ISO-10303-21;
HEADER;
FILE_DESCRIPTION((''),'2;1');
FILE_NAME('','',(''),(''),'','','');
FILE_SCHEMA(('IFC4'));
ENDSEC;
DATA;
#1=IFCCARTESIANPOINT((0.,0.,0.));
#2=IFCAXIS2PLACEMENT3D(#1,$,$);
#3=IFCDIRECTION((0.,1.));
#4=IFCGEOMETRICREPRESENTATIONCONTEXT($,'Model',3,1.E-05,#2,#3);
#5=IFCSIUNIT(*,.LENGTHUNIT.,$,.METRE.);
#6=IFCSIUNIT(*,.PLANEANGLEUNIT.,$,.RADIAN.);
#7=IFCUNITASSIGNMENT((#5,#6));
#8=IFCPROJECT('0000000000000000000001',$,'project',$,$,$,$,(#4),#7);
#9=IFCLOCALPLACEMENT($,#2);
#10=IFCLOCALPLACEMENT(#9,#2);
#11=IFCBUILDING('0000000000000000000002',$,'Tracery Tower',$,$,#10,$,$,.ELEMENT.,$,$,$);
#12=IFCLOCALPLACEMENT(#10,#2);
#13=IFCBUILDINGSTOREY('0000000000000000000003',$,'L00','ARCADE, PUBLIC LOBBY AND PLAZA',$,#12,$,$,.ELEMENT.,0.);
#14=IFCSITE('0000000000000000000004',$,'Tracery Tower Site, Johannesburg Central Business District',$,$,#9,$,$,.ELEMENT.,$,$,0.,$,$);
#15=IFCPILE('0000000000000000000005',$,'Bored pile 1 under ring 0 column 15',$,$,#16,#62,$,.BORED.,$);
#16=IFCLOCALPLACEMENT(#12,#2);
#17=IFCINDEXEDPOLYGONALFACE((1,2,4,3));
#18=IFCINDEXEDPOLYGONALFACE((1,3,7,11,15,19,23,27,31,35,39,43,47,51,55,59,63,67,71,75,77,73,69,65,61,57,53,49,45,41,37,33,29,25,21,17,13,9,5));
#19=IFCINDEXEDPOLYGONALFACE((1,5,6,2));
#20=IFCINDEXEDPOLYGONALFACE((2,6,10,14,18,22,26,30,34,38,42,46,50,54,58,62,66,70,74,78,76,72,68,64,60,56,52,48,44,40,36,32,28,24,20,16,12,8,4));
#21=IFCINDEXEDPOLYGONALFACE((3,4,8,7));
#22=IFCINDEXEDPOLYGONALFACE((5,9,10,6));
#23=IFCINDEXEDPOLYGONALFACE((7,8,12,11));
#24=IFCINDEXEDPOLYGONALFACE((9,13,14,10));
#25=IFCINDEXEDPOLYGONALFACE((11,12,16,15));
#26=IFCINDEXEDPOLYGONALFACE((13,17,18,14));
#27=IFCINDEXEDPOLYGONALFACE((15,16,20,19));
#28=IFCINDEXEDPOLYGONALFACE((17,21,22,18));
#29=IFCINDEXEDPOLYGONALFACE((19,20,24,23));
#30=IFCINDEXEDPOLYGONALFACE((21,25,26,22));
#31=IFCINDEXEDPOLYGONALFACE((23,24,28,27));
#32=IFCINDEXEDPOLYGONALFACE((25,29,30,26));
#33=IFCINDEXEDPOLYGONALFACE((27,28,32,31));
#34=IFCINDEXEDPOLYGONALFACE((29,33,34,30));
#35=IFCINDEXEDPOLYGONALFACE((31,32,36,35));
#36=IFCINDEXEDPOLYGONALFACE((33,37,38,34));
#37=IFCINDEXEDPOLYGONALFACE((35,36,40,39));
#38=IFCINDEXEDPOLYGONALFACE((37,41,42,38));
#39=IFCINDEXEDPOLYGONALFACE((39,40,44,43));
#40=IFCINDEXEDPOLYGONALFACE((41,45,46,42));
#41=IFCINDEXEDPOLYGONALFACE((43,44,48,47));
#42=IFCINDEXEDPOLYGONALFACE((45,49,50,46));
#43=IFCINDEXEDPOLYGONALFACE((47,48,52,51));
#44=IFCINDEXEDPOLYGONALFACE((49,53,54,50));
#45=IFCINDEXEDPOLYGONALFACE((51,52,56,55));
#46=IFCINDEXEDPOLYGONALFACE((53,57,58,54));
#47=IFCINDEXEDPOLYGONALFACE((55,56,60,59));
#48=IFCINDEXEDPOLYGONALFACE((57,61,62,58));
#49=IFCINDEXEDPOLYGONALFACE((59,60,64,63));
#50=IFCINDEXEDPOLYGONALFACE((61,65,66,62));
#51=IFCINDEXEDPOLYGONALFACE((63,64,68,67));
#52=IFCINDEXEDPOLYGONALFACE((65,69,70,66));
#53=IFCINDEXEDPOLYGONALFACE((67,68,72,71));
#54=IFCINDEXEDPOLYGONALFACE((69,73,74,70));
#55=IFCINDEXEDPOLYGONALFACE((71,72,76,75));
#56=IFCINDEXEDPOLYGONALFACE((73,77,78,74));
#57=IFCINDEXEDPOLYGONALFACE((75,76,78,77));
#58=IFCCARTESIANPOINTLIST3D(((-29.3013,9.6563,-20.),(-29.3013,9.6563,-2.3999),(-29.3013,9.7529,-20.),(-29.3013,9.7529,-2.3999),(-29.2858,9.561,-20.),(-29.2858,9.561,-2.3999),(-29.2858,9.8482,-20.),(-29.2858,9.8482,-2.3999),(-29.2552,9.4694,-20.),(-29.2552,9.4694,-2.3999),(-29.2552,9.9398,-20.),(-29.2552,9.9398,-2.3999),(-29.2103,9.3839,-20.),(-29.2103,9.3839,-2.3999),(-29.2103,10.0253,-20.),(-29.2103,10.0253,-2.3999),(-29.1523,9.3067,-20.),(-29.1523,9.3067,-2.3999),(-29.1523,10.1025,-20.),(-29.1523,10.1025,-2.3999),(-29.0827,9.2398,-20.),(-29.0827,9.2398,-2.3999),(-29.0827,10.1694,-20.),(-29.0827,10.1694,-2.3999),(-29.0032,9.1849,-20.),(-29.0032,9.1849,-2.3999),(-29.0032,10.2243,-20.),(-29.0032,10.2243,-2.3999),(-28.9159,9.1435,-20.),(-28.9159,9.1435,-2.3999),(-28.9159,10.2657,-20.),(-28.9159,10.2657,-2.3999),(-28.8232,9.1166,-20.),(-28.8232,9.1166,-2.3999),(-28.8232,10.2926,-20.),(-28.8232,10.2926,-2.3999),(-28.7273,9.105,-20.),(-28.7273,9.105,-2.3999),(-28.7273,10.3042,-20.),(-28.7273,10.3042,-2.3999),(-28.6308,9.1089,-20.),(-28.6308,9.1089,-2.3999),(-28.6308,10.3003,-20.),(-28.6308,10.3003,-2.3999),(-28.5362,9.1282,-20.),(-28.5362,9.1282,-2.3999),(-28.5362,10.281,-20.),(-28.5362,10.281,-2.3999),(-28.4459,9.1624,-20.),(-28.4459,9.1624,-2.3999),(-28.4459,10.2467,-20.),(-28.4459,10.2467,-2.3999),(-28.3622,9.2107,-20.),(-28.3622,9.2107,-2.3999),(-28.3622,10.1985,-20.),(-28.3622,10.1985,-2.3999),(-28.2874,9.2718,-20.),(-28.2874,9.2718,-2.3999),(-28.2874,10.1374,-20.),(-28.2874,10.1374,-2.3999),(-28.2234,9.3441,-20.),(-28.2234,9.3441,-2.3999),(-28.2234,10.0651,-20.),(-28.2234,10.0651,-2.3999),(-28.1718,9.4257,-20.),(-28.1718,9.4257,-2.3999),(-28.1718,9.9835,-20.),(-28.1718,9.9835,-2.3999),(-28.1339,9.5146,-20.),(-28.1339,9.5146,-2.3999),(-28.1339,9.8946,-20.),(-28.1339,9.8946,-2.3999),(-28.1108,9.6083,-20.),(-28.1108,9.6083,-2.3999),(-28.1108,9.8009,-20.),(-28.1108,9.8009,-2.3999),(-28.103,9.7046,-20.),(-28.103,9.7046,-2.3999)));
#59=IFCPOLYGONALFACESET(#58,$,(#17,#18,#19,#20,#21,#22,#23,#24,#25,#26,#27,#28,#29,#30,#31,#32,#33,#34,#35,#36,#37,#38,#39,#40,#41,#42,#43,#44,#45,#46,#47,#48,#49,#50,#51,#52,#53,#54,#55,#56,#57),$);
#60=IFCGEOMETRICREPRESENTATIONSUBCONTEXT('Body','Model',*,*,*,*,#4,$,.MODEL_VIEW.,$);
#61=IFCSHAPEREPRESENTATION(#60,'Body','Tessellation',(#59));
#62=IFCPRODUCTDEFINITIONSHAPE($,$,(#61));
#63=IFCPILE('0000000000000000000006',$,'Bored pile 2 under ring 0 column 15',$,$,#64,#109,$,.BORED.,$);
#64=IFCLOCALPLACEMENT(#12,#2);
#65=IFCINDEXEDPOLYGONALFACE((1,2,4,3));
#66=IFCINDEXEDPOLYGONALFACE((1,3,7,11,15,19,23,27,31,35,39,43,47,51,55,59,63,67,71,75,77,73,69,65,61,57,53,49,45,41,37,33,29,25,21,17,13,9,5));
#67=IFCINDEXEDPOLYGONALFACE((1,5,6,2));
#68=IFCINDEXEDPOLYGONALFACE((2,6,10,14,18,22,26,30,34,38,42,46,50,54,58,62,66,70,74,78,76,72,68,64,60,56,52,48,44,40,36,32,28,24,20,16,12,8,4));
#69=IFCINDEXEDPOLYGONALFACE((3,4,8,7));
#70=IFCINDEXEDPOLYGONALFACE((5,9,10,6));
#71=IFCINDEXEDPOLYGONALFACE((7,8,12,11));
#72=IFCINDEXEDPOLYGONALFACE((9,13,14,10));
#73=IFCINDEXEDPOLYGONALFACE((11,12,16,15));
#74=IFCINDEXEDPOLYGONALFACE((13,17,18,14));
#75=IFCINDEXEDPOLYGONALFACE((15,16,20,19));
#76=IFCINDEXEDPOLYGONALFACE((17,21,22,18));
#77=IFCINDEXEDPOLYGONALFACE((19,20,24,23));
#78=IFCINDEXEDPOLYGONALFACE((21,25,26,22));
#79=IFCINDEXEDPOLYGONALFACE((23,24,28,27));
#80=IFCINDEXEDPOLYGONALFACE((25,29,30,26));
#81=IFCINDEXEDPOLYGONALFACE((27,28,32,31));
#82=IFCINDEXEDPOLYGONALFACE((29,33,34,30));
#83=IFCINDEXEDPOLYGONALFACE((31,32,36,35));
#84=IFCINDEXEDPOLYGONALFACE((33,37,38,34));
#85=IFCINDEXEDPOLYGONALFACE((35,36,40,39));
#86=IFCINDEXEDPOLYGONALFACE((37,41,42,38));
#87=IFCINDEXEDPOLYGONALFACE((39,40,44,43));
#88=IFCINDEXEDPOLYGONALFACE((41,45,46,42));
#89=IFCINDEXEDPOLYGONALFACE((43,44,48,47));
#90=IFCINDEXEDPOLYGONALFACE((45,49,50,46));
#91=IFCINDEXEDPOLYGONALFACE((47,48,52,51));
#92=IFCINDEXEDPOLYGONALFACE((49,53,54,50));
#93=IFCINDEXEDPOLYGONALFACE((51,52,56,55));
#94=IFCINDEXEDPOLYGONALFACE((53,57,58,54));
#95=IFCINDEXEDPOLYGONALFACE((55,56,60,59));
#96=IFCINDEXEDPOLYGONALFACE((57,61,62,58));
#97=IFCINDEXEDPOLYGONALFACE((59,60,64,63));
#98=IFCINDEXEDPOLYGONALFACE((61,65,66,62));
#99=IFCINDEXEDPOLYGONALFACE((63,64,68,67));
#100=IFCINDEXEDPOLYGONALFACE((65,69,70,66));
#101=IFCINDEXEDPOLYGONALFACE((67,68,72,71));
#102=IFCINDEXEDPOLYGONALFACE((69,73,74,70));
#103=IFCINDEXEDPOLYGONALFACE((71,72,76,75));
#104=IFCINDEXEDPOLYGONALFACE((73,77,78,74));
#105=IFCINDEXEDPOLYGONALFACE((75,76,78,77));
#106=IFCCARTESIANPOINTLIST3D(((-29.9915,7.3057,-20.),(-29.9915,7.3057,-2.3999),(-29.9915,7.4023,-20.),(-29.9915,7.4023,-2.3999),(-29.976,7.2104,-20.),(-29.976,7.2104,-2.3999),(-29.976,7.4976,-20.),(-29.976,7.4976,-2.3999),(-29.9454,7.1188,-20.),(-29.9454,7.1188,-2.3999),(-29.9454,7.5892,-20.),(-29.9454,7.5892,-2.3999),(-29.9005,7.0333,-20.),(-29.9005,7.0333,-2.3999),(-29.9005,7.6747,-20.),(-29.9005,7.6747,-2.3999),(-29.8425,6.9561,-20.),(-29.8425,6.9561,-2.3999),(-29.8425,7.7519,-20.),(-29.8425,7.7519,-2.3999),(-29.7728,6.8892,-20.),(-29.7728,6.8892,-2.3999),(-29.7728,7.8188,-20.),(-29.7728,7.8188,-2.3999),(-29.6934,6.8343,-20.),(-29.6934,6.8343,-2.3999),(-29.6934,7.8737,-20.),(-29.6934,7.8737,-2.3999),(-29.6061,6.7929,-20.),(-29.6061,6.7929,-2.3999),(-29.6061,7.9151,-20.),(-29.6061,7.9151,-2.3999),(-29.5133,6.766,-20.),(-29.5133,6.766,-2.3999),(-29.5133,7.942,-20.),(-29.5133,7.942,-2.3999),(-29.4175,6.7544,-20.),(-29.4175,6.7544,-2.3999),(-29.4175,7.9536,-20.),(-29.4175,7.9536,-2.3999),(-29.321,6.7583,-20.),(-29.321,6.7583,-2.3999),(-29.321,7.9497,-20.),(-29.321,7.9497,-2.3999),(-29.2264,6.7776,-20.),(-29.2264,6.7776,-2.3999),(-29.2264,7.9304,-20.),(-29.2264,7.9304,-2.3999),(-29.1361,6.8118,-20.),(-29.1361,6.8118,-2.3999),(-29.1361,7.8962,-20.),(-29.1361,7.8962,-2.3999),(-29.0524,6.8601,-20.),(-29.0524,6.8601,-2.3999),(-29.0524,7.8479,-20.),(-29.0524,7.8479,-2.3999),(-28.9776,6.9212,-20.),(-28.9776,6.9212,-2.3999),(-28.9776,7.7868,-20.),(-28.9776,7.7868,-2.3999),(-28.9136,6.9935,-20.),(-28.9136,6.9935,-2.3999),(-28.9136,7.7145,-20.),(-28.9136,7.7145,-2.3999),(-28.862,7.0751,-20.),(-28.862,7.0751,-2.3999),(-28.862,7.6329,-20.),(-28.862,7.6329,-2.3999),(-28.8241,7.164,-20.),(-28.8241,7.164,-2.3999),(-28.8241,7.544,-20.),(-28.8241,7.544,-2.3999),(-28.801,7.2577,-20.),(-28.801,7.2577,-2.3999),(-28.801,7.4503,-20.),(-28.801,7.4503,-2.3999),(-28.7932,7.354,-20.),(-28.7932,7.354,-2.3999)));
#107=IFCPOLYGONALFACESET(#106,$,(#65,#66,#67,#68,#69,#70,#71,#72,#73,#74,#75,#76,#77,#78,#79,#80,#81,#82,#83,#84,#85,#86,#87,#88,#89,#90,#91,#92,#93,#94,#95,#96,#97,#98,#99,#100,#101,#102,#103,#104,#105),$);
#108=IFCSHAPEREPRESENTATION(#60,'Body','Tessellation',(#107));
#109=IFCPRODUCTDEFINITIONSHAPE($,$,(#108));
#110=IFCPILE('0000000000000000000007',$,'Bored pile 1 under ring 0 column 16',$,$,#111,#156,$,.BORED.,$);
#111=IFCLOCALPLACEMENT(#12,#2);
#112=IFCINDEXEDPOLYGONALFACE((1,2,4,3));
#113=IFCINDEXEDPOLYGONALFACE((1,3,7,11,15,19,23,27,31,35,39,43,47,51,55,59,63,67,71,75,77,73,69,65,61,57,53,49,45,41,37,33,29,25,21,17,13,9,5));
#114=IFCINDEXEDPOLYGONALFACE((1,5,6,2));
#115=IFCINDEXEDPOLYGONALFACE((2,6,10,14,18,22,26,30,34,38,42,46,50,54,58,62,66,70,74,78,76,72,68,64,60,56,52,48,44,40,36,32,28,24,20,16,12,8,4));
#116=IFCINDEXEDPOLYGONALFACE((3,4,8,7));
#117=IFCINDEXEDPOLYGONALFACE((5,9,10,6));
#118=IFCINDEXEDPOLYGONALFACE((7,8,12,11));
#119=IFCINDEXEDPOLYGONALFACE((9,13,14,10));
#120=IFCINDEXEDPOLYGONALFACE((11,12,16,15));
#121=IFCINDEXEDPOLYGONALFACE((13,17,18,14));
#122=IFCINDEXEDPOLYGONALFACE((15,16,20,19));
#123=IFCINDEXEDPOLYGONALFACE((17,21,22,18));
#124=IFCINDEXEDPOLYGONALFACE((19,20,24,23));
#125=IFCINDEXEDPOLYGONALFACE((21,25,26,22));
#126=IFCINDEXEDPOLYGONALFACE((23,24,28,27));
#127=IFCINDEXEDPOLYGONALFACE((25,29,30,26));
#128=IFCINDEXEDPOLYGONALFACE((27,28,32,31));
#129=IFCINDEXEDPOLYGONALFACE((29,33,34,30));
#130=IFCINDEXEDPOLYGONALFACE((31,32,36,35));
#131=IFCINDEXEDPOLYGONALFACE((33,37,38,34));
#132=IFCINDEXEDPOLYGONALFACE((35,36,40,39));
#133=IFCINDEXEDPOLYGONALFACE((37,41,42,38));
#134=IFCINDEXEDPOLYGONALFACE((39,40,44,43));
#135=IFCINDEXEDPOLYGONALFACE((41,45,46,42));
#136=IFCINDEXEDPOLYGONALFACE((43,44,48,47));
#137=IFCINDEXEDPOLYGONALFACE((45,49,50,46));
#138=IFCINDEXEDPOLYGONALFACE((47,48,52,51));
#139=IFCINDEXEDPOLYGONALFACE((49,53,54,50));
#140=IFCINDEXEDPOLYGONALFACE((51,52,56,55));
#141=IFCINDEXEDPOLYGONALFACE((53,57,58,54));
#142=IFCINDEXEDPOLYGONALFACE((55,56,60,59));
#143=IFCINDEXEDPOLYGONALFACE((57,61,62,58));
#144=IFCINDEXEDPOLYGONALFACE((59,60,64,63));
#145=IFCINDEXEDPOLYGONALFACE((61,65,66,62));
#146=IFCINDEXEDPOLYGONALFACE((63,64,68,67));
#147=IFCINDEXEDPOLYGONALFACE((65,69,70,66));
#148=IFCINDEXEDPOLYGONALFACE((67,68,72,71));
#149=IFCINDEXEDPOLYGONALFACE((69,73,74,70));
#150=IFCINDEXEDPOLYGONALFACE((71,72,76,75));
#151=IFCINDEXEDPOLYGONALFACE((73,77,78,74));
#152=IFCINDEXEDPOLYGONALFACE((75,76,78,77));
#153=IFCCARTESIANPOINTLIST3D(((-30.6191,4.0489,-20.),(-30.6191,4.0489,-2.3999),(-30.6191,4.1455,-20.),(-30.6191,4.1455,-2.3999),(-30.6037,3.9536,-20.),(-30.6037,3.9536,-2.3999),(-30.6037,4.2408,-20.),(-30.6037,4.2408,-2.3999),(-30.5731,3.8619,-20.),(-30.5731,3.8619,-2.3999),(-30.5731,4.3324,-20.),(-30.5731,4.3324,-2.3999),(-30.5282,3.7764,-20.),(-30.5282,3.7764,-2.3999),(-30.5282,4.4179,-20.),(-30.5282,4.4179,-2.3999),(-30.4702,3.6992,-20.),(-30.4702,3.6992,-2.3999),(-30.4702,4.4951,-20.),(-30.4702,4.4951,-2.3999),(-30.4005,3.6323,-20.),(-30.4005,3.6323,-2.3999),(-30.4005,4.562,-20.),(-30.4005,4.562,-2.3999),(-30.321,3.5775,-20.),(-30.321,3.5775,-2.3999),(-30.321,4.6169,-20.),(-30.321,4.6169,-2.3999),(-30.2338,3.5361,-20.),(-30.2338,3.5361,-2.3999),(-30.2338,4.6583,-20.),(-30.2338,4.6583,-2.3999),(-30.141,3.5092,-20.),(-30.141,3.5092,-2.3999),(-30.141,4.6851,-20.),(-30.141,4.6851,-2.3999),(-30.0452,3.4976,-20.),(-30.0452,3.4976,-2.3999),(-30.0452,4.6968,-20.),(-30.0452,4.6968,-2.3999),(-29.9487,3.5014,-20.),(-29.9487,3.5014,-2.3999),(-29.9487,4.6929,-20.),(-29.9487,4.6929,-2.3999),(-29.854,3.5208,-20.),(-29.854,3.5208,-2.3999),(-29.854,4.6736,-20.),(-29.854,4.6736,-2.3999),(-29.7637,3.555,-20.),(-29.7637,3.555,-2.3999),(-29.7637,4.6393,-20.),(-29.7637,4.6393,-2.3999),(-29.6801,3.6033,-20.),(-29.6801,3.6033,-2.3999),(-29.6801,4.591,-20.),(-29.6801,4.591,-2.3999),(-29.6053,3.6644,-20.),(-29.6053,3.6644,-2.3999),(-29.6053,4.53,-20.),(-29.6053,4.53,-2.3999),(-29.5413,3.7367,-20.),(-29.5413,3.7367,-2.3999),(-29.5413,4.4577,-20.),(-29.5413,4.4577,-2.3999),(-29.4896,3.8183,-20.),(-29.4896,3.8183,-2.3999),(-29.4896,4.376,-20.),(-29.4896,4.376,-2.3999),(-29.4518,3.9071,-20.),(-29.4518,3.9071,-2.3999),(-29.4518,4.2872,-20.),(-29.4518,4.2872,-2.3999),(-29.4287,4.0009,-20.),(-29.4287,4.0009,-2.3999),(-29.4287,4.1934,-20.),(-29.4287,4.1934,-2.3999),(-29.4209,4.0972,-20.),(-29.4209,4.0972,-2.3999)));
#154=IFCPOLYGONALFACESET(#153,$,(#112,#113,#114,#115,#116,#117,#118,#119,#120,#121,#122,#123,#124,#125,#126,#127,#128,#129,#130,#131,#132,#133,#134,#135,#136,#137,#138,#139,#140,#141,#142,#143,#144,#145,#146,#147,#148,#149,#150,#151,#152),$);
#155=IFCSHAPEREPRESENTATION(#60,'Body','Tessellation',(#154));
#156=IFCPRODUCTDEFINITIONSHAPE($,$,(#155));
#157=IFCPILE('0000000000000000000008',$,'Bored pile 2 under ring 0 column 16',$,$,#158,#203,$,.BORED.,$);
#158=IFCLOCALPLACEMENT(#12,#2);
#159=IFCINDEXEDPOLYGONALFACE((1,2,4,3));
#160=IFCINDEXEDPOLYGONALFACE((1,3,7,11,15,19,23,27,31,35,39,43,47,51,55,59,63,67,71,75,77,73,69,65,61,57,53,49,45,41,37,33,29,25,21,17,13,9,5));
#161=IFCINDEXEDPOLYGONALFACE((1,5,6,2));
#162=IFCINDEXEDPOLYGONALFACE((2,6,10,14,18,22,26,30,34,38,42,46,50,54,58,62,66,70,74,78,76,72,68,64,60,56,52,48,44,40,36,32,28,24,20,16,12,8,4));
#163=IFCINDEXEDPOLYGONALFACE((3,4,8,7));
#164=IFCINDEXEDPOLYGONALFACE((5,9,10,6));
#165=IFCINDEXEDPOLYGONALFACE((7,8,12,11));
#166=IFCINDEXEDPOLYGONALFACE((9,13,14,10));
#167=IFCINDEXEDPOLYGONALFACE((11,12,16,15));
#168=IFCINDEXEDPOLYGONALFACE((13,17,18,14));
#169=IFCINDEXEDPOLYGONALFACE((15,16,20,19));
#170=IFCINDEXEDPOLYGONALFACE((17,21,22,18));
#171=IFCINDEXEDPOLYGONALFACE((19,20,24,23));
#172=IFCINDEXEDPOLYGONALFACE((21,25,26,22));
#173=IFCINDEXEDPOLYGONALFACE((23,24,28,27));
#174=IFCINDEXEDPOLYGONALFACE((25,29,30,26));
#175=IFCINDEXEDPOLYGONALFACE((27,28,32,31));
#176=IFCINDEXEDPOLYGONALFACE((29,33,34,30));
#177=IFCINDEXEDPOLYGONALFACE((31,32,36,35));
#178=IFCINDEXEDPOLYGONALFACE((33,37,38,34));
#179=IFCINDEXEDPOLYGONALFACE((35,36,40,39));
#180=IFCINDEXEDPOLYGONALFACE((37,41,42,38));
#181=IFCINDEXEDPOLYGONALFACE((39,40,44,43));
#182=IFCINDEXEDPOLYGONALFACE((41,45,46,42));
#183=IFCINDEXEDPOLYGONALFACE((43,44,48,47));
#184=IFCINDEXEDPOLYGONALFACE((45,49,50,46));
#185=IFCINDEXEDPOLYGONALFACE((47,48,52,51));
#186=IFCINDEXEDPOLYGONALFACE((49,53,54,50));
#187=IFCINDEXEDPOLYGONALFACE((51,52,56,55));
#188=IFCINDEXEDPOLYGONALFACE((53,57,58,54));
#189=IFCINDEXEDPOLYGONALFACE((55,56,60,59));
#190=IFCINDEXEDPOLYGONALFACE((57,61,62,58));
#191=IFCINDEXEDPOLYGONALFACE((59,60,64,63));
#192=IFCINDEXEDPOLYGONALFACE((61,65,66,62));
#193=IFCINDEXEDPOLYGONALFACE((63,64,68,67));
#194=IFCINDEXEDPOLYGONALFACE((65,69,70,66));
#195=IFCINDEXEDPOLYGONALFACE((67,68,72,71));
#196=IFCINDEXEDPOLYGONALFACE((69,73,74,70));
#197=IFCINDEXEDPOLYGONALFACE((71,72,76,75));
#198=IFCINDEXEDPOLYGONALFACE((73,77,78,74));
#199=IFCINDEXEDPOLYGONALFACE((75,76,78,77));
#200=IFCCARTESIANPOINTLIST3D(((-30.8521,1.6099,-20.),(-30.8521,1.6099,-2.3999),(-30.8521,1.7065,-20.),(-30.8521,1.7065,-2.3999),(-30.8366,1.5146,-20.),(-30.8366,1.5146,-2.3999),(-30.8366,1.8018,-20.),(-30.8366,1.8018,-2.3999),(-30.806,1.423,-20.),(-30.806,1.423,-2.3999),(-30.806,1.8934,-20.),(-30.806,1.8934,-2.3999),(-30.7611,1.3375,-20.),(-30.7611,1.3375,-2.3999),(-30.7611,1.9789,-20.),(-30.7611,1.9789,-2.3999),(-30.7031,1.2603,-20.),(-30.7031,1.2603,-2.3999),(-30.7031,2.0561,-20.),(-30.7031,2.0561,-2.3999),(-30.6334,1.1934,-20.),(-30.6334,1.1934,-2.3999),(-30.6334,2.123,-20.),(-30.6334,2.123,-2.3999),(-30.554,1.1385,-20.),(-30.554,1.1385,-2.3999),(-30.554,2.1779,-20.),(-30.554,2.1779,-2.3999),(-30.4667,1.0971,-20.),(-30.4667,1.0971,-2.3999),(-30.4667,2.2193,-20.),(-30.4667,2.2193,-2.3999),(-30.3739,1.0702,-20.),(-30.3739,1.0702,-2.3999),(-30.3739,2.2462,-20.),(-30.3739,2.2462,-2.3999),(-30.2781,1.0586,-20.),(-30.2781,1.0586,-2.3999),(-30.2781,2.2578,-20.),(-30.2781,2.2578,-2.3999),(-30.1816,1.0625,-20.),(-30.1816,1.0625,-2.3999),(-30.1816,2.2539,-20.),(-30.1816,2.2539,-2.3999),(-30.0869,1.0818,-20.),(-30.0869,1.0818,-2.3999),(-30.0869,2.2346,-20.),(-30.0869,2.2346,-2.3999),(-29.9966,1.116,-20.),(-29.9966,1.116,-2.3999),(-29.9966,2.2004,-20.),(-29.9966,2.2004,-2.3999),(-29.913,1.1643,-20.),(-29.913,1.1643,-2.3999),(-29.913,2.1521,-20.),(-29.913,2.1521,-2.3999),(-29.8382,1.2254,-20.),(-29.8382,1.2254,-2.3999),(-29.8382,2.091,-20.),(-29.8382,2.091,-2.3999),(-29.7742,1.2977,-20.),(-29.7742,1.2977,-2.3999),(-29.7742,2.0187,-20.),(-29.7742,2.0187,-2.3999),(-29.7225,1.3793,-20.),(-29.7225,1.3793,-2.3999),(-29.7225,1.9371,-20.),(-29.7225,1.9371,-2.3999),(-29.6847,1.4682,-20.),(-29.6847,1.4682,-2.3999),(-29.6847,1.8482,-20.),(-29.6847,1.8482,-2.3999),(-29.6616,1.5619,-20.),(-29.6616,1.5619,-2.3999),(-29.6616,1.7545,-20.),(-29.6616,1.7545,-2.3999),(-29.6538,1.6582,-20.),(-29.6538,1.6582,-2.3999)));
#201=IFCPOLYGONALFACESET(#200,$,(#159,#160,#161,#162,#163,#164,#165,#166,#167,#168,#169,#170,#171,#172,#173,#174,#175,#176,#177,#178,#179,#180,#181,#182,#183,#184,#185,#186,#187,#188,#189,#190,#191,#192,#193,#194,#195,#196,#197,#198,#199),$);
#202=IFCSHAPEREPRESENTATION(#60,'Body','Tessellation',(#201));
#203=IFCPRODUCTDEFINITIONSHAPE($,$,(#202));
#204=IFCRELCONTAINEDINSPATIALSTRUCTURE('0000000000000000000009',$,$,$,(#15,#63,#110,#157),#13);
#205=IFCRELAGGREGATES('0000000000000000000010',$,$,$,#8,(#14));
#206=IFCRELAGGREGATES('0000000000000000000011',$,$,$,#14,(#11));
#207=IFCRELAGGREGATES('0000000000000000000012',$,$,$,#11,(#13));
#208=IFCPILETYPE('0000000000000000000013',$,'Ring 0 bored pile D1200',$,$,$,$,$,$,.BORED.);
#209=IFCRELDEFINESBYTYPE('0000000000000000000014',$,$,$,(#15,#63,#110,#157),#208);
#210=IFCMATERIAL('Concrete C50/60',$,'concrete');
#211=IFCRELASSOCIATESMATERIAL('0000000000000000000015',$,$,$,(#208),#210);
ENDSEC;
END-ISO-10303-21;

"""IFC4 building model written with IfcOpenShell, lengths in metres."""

from ifc_helpers import new_model, si_unit, direction, frame, origin, origin_2d, place, context, subcontext, project, spatial, circle, extrude, material, material_profile, profile_set, type_object, element, save


model = new_model("IFC4")

# Units and contexts
model_context = context("Model", 3, precision=1e-05, world=origin(), true_north=direction((0.0, 1.0)))
body_context = subcontext(model_context, "Body", "Model", "MODEL_VIEW")
ifc_project = project(units=[si_unit("LENGTHUNIT", "METRE"), si_unit("PLANEANGLEUNIT", "RADIAN")], contexts=[model_context])

# Site, building, storey
site_placement = place(None, origin())
site = spatial("IfcSite", under=ifc_project, at=site_placement, Name="Tracery Tower Site, Johannesburg Central Business District", CompositionType="ELEMENT", RefElevation=0.0)
building_placement = place(site_placement, origin())
building = spatial("IfcBuilding", under=site, at=building_placement, Name="Tracery Tower", CompositionType="ELEMENT")
storey_placement = place(building_placement, origin())
storey = spatial("IfcBuildingStorey", under=building, at=storey_placement, Name="L00", Description="ARCADE, PUBLIC LOBBY AND PLAZA", CompositionType="ELEMENT", Elevation=0.0)

# Piles
ifc_material_1 = material(Name="Concrete C50/60", Category="concrete")
ifc_material_profile_1 = material_profile(ifc_material_1, circle(Radius=0.6001, at=origin_2d()), Name="RC D1200")
ifc_profile_set_1 = profile_set([ifc_material_profile_1], Name="Concrete C50/60")
pile_type_1 = type_object("IfcPileType", Name="Ring 0 bored pile D1200", PredefinedType="BORED", material=ifc_profile_set_1)
for number, where, z_axis, x_axis, name in (
    (1, (-28.7031, 9.7046, -2.3999), (0.0, 0.0, -1.0), (1.0, 0.0, 0.0), "Bored pile 1 under ring 0 column 15"),
    (2, (-29.3933, 7.354, -2.3999), (0.0, 0.0, -1.0), (1.0, 0.0, 0.0), "Bored pile 2 under ring 0 column 15"),
    (3, (-30.021, 4.0972, -2.3999), (0.0, 0.0, -1.0), (1.0, 0.0, 0.0), "Bored pile 1 under ring 0 column 16"),
    (4, (-30.2539, 1.6582, -2.3999), (0.0, 0.0, -1.0), (1.0, 0.0, 0.0), "Bored pile 2 under ring 0 column 16"),
):
    element("IfcPile", number, at=place(storey_placement, frame(where, z_axis=z_axis, x_axis=x_axis)), inside=storey, type_object=pile_type_1, Name=name, PredefinedType="BORED", context=body_context, shape_type="SweptSolid", body=[
        extrude(circle(Radius=0.6001, at=origin_2d()), origin(), (0.0, 0.0, 1.0), 17.6001),
    ])

save(model, "model.ifc")
